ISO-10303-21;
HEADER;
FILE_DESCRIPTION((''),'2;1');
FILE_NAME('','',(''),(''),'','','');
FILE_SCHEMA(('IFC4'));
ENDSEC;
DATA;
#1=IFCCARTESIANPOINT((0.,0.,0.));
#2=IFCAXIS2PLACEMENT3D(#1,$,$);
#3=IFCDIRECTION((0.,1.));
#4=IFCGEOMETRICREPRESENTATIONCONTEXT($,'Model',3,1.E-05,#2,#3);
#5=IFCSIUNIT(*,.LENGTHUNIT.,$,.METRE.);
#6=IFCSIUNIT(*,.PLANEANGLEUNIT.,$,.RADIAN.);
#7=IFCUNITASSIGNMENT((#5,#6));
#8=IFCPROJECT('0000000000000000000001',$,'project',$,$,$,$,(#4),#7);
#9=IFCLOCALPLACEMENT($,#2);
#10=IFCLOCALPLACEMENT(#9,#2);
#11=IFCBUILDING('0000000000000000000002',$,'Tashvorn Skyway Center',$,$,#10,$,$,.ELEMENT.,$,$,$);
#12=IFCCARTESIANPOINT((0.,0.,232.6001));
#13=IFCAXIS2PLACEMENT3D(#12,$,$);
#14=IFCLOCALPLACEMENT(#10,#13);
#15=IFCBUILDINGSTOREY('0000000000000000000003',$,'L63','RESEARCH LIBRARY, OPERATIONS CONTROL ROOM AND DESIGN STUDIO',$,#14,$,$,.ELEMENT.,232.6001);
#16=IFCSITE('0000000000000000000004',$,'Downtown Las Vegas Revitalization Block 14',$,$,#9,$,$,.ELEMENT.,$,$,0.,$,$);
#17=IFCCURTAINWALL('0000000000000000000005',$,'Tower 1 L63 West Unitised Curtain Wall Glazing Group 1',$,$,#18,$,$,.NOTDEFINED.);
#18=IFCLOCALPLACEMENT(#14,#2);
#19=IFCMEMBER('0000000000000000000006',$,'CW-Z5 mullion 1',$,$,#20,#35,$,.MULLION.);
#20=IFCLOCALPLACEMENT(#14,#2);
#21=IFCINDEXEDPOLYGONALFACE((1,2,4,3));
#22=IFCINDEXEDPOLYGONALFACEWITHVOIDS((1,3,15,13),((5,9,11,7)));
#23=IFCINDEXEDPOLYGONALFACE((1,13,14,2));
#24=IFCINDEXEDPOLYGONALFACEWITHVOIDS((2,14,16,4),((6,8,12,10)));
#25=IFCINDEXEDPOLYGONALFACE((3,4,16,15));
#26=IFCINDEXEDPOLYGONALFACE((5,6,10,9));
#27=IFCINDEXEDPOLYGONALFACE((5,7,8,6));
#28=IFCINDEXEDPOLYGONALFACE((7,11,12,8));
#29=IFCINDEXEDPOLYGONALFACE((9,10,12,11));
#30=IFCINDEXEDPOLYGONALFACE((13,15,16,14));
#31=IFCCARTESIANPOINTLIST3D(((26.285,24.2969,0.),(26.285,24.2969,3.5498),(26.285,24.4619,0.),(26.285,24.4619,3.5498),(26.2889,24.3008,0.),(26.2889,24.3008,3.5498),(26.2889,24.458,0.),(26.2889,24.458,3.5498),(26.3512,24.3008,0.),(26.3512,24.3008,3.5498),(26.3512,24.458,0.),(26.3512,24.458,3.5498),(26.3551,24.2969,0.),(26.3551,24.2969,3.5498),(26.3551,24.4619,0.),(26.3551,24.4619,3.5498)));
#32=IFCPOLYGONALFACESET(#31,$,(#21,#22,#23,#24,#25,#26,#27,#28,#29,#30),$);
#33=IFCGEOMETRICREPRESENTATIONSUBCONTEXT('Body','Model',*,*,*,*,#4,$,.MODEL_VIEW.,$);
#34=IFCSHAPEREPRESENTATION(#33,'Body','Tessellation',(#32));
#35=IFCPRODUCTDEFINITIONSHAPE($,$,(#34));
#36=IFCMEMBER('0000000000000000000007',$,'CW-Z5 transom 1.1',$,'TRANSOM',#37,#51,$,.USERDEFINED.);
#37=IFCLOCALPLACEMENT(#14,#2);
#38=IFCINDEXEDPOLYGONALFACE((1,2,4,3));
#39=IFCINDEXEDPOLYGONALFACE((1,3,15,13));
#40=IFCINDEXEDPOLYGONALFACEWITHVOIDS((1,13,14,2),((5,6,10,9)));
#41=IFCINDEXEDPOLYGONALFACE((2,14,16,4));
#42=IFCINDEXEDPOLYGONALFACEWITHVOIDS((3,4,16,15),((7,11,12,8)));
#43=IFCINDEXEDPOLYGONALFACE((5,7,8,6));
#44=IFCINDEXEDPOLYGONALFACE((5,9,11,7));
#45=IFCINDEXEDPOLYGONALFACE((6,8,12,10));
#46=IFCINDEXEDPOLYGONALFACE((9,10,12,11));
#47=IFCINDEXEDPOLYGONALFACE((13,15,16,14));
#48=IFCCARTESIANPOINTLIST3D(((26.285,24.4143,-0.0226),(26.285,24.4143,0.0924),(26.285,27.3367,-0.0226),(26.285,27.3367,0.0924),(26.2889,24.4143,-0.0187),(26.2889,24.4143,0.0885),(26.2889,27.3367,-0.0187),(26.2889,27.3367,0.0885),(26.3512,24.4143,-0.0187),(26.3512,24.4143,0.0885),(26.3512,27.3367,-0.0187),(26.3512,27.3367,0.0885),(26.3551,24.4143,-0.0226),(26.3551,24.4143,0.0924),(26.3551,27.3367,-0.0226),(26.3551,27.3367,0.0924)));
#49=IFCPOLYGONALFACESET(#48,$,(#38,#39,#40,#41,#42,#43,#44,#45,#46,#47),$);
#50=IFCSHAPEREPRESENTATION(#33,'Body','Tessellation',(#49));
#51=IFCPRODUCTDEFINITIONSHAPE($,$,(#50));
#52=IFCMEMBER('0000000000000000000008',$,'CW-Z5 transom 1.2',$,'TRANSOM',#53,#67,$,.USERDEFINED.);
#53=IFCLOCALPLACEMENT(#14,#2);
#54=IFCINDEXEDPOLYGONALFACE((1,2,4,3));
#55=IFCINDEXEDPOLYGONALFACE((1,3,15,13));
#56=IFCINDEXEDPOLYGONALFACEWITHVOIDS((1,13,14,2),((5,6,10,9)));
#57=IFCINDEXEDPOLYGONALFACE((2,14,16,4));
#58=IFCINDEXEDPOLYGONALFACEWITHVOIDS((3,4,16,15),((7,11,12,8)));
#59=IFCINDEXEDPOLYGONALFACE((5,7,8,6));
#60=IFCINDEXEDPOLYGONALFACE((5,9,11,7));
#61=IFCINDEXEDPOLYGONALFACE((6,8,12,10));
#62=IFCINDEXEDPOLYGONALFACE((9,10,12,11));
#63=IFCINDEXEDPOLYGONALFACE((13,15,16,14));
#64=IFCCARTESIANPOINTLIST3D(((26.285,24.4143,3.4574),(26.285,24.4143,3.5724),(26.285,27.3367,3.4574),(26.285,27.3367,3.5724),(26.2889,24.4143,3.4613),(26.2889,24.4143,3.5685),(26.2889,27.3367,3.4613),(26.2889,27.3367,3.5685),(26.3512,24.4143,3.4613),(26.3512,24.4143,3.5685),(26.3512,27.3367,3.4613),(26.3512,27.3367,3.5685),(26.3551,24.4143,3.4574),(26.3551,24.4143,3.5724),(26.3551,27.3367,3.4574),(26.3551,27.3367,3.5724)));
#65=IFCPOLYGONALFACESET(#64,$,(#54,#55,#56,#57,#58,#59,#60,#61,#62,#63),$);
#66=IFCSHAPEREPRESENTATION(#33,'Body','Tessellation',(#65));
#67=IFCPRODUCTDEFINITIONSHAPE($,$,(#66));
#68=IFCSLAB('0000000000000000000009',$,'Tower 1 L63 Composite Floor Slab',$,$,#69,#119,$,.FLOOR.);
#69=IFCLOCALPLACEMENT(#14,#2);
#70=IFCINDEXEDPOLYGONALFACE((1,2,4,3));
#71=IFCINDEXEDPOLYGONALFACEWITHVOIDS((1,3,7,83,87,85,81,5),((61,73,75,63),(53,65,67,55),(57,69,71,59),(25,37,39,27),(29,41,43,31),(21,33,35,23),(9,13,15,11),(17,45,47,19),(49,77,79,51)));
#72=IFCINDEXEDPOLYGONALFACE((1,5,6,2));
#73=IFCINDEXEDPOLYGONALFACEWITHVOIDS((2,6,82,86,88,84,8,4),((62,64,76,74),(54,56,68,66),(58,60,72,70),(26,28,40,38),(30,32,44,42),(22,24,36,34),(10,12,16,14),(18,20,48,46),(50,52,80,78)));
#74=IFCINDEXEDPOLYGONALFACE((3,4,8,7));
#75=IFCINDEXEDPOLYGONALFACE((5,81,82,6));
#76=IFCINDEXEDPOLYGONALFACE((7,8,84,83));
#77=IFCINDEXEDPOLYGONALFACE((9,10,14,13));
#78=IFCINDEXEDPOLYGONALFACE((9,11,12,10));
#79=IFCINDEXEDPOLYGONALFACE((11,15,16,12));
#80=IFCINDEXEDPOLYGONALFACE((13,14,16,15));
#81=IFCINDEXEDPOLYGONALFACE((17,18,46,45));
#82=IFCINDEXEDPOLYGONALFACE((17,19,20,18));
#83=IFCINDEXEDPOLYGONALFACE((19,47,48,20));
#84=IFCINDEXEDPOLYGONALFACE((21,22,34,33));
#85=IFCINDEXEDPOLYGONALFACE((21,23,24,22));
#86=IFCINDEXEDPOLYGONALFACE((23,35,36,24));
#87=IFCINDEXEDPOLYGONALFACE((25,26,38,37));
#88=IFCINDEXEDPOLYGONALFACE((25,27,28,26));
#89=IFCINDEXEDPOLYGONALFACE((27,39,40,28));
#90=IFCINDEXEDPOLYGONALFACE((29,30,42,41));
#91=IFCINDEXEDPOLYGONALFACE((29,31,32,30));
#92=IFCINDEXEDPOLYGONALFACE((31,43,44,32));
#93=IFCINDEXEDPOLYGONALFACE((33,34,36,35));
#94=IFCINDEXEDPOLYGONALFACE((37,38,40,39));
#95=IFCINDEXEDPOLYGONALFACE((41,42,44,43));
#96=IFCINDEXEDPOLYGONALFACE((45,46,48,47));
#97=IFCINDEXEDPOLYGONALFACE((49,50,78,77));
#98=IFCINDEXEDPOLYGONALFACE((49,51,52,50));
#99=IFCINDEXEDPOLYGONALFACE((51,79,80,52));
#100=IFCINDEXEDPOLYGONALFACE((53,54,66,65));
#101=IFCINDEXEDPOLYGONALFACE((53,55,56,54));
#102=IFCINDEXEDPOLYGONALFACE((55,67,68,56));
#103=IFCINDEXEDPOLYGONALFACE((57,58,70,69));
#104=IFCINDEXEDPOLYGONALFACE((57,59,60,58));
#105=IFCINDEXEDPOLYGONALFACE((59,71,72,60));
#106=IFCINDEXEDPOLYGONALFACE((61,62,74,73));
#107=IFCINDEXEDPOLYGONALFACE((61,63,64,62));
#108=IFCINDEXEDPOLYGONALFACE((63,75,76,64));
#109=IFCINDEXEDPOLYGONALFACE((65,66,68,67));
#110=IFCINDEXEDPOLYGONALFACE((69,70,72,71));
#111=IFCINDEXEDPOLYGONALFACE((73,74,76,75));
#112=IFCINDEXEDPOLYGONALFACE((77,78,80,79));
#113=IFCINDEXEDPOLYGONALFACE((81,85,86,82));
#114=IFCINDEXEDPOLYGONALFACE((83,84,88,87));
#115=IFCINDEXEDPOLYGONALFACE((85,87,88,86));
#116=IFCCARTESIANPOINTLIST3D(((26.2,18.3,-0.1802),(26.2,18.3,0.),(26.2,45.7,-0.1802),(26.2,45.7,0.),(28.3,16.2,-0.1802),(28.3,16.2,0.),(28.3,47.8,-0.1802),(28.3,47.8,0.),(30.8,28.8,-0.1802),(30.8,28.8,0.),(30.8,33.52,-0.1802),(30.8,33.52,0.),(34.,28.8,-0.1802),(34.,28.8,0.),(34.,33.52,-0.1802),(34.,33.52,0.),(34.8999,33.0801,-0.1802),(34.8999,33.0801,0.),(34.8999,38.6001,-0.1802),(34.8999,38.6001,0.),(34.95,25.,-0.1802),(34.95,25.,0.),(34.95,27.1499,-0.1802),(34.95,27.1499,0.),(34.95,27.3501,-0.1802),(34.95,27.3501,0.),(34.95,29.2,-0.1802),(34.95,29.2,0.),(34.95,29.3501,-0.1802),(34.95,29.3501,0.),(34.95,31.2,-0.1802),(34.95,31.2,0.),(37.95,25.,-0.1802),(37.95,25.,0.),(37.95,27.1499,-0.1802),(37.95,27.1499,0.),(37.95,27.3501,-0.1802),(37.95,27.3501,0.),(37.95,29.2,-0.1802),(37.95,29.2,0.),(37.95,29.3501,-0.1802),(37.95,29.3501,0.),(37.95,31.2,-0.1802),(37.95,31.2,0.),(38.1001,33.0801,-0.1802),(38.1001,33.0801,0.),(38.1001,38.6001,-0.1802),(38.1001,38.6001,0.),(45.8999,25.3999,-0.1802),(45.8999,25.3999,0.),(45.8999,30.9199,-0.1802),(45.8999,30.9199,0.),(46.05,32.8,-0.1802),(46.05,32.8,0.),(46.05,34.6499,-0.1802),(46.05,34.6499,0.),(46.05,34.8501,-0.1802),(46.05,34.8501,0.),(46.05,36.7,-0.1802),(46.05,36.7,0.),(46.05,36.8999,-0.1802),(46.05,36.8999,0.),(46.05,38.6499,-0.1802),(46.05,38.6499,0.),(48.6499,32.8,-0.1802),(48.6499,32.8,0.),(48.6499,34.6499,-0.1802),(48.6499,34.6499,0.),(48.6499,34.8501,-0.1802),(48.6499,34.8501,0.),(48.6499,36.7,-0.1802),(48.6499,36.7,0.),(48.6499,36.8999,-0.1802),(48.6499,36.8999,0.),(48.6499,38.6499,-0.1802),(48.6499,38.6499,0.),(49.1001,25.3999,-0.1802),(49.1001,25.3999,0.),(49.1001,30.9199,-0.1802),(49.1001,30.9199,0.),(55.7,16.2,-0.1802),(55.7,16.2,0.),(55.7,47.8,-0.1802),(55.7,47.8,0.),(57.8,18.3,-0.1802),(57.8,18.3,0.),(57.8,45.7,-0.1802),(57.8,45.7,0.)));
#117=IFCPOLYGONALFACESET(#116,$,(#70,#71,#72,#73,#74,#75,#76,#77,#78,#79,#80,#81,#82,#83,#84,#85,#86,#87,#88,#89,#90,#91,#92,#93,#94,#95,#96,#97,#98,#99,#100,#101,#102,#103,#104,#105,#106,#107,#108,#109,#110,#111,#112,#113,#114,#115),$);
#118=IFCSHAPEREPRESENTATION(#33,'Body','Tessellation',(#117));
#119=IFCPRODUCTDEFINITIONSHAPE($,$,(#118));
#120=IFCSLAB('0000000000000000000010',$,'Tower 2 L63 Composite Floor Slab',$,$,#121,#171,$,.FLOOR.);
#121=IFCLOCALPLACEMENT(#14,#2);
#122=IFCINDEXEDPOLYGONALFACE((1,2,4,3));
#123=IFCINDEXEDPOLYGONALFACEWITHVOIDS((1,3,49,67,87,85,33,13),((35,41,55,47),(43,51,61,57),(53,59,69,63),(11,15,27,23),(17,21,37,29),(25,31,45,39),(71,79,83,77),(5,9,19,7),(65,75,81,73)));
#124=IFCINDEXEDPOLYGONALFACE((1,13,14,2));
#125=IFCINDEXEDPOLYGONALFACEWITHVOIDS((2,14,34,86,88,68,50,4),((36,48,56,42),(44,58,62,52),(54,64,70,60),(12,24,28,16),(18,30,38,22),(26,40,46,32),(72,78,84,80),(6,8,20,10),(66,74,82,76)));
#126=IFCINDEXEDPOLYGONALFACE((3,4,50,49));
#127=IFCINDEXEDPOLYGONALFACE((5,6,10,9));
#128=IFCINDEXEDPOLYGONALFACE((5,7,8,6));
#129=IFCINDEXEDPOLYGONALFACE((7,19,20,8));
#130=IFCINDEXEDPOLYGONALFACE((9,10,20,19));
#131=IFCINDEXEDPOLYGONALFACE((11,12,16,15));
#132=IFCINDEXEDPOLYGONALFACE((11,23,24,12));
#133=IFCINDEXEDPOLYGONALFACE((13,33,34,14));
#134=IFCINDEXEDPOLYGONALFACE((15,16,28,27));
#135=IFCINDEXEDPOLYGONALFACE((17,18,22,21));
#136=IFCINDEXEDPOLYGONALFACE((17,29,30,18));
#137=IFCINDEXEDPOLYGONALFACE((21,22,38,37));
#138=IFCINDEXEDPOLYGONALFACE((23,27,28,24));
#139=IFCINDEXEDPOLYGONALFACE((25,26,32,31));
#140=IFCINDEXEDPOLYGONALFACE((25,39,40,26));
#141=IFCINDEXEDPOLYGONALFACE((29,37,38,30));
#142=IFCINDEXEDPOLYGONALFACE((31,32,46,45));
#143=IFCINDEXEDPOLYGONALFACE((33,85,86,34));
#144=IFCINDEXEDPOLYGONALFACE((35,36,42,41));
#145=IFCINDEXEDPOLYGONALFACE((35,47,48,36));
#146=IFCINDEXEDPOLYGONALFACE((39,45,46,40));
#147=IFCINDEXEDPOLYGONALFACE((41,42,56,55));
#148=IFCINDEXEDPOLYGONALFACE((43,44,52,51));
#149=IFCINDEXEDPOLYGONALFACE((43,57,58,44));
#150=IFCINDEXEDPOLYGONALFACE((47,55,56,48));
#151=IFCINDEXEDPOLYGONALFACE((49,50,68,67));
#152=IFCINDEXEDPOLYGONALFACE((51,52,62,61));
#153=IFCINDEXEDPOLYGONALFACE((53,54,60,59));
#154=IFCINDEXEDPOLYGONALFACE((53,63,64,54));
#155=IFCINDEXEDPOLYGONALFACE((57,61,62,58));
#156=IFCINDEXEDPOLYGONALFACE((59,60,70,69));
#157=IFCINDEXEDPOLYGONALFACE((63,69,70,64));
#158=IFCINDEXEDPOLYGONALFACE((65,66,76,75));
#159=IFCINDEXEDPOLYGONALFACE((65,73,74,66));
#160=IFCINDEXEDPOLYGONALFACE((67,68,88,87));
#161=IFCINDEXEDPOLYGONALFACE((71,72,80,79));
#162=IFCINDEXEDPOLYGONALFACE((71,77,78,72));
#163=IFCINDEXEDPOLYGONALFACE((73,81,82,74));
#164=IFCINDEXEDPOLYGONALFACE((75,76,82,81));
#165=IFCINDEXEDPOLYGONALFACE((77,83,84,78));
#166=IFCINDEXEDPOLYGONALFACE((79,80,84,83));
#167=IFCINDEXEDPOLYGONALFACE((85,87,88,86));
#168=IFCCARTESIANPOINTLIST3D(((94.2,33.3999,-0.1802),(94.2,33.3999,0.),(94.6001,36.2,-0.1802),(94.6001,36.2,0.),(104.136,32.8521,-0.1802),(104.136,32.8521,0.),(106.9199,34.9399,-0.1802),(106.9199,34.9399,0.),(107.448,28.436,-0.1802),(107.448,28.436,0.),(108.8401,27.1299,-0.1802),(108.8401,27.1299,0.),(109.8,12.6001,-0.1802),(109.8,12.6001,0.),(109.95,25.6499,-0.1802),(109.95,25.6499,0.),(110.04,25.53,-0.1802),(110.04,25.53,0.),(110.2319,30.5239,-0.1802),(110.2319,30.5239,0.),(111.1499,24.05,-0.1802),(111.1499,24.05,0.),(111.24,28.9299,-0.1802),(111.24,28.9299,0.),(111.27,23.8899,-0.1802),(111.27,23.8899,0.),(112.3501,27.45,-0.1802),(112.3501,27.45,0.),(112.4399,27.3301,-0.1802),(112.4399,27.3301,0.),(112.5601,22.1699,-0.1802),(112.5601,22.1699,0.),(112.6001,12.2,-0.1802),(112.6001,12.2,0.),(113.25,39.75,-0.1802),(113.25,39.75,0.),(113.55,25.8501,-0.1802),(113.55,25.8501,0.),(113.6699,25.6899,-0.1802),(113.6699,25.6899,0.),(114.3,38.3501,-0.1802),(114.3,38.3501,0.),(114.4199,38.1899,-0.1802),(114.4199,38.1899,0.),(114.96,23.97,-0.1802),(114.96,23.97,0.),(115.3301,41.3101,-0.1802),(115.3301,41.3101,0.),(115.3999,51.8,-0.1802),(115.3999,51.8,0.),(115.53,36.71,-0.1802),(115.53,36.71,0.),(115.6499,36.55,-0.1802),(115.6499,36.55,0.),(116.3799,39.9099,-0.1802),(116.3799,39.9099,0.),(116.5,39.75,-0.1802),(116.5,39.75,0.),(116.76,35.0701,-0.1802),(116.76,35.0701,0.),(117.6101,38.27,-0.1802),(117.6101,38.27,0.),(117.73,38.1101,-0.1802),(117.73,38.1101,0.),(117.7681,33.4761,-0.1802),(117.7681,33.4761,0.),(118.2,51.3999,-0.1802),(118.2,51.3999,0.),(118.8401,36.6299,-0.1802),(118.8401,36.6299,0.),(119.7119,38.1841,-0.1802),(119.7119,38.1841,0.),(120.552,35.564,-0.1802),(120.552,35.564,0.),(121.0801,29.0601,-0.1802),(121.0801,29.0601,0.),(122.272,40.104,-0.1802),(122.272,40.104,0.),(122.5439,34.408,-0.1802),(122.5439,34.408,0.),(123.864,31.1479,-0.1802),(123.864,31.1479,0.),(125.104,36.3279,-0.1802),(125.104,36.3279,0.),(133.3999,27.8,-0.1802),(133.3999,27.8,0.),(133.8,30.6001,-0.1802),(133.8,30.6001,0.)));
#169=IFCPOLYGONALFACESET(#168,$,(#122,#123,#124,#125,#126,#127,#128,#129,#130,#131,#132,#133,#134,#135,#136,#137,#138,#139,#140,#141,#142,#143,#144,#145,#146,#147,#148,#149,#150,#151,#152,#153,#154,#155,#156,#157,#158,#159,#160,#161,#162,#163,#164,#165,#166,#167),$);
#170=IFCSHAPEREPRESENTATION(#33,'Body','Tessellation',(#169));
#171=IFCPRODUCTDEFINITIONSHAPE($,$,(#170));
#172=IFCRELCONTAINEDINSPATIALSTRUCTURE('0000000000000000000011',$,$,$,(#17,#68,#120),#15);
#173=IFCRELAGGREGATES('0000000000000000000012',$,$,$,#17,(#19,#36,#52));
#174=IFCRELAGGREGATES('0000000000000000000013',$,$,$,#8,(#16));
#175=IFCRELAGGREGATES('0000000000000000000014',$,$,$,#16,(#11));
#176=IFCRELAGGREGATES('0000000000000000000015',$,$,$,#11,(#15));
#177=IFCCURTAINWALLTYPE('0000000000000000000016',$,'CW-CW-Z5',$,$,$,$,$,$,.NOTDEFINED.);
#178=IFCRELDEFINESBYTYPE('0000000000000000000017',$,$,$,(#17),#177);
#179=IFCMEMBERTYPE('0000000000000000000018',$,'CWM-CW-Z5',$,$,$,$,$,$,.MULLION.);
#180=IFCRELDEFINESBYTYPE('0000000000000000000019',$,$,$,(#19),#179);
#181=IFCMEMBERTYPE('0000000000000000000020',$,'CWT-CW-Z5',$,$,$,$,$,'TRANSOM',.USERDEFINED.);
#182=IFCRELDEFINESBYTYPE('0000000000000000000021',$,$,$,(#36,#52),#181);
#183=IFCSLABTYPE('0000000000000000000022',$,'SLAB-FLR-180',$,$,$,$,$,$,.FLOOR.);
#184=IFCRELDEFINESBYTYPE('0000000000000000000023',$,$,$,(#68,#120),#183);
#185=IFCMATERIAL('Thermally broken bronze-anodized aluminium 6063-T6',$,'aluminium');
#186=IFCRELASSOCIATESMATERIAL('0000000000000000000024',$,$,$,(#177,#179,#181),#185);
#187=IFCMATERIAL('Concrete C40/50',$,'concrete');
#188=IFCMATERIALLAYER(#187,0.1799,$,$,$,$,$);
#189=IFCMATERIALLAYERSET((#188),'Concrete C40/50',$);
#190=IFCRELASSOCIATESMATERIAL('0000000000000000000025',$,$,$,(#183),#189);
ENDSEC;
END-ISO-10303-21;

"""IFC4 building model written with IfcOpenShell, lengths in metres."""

from ifc_helpers import new_model, si_unit, direction, frame, origin, origin_2d, place, context, subcontext, project, spatial, polyline, hollow_rectangle, outline, extrude, material, layer, layer_set, material_profile, profile_set, type_object, element, aggregate, save


model = new_model("IFC4")

# Units and contexts
model_context = context("Model", 3, precision=1e-05, world=origin(), true_north=direction((0.0, 1.0)))
body_context = subcontext(model_context, "Body", "Model", "MODEL_VIEW")
ifc_project = project(units=[si_unit("LENGTHUNIT", "METRE"), si_unit("PLANEANGLEUNIT", "RADIAN")], contexts=[model_context])

# Site, building, storey
site_placement = place(None, origin())
site = spatial("IfcSite", under=ifc_project, at=site_placement, Name="Downtown Las Vegas Revitalization Block 14", CompositionType="ELEMENT", RefElevation=0.0)
building_placement = place(site_placement, origin())
building = spatial("IfcBuilding", under=site, at=building_placement, Name="Tashvorn Skyway Center", CompositionType="ELEMENT")
storey_placement = place(building_placement, frame((0.0, 0.0, 232.6001)))
storey = spatial("IfcBuildingStorey", under=building, at=storey_placement, Name="L63", Description="RESEARCH LIBRARY, OPERATIONS CONTROL ROOM AND DESIGN STUDIO", CompositionType="ELEMENT", Elevation=232.6001)

# Curtain wall, members
ifc_material_1 = material(Name="Thermally broken bronze-anodized aluminium 6063-T6", Category="aluminium")
curtain_wall_type = type_object("IfcCurtainWallType", Name="CW-CW-Z5", PredefinedType="NOTDEFINED", material=ifc_material_1)
curtain_wall_placement = place(storey_placement, origin())
curtain_wall = element("IfcCurtainWall", 1, at=curtain_wall_placement, inside=storey, type_object=curtain_wall_type, Name="Tower 1 L63 West Unitised Curtain Wall Glazing Group 1", PredefinedType="NOTDEFINED")
ifc_material_profile_1 = material_profile(ifc_material_1, hollow_rectangle(XDim=0.0701, YDim=0.165, WallThickness=0.0039, at=origin_2d()), Name="ALU-MULL-70x165")
ifc_profile_set_1 = profile_set([ifc_material_profile_1], Name="Thermally broken bronze-anodized aluminium 6063-T6")
member_type_1 = type_object("IfcMemberType", Name="CWM-CW-Z5", PredefinedType="MULLION", material=ifc_profile_set_1)
member_1_placement = place(storey_placement, frame((26.3201, 24.3794, 0.0), z_axis=(0.0, 0.0, 1.0), x_axis=(-1.0, 0.0, 0.0)))
member_1 = element("IfcMember", 2, at=member_1_placement, type_object=member_type_1, Name="CW-Z5 mullion 1", PredefinedType="MULLION", context=body_context, shape_type="SweptSolid", body=[
    extrude(hollow_rectangle(XDim=0.0701, YDim=0.165, WallThickness=0.0039, at=origin_2d()), origin(), (0.0, 0.0, 1.0), 3.5498),
])
ifc_material_profile_2 = material_profile(ifc_material_1, hollow_rectangle(XDim=0.0701, YDim=0.115, WallThickness=0.0039, at=origin_2d()), Name="ALU-TRAN-70x115")
ifc_profile_set_2 = profile_set([ifc_material_profile_2], Name="Thermally broken bronze-anodized aluminium 6063-T6")
member_type_2 = type_object("IfcMemberType", Name="CWT-CW-Z5", ElementType="TRANSOM", PredefinedType="USERDEFINED", material=ifc_profile_set_2)
member_2_placement = place(storey_placement, frame((26.3201, 24.4143, 0.0349), z_axis=(0.0, 1.0, 0.0), x_axis=(-1.0, 0.0, 0.0)))
member_2 = element("IfcMember", 3, at=member_2_placement, type_object=member_type_2, Name="CW-Z5 transom 1.1", ObjectType="TRANSOM", PredefinedType="USERDEFINED", context=body_context, shape_type="SweptSolid", body=[
    extrude(hollow_rectangle(XDim=0.0701, YDim=0.115, WallThickness=0.0039, at=origin_2d()), origin(), (0.0, 0.0, 1.0), 2.9224),
])
member_3_placement = place(storey_placement, frame((26.3201, 24.4143, 3.5149), z_axis=(0.0, 1.0, 0.0), x_axis=(-1.0, 0.0, 0.0)))
member_3 = element("IfcMember", 4, at=member_3_placement, type_object=member_type_2, Name="CW-Z5 transom 1.2", ObjectType="TRANSOM", PredefinedType="USERDEFINED", context=body_context, shape_type="SweptSolid", body=[
    extrude(hollow_rectangle(XDim=0.0701, YDim=0.115, WallThickness=0.0039, at=origin_2d()), origin(), (0.0, 0.0, 1.0), 2.9224),
])
aggregate(curtain_wall, [member_1, member_2, member_3])

# Slabs
ifc_material_2 = material(Name="Concrete C40/50", Category="concrete")
ifc_layer_1 = layer(ifc_material_2, 0.1799)
ifc_layer_set_1 = layer_set([ifc_layer_1], Name="Concrete C40/50")
slab_type_1 = type_object("IfcSlabType", Name="SLAB-FLR-180", PredefinedType="FLOOR", material=ifc_layer_set_1)
slab_1_placement = place(storey_placement, frame((0.0, 0.0, -0.1802)))
element("IfcSlab", 5, at=slab_1_placement, inside=storey, type_object=slab_type_1, Name="Tower 1 L63 Composite Floor Slab", PredefinedType="FLOOR", context=body_context, shape_type="SweptSolid", body=[
    extrude(outline(polyline([(28.3, 16.2), (55.7, 16.2), (57.8, 18.3), (57.8, 45.7), (55.7, 47.8), (28.3, 47.8), (26.2, 45.7), (26.2, 18.3), (28.3, 16.2)]), holes=[polyline([(38.1001, 33.0801), (38.1001, 38.6001), (34.8999, 38.6001), (34.8999, 33.0801), (38.1001, 33.0801)]), polyline([(45.8999, 30.9199), (45.8999, 25.3999), (49.1001, 25.3999), (49.1001, 30.9199), (45.8999, 30.9199)]), polyline([(30.8, 33.52), (30.8, 28.8), (34.0, 28.8), (34.0, 33.52), (30.8, 33.52)]), polyline([(34.95, 29.3501), (37.95, 29.3501), (37.95, 31.2), (34.95, 31.2), (34.95, 29.3501)]), polyline([(34.95, 27.3501), (37.95, 27.3501), (37.95, 29.2), (34.95, 29.2), (34.95, 27.3501)]), polyline([(34.95, 25.0), (37.95, 25.0), (37.95, 27.1499), (34.95, 27.1499), (34.95, 25.0)]), polyline([(46.05, 32.8), (48.6499, 32.8), (48.6499, 34.6499), (46.05, 34.6499), (46.05, 32.8)]), polyline([(46.05, 34.8501), (48.6499, 34.8501), (48.6499, 36.7), (46.05, 36.7), (46.05, 34.8501)]), polyline([(46.05, 36.8999), (48.6499, 36.8999), (48.6499, 38.6499), (46.05, 38.6499), (46.05, 36.8999)])]), origin(), (0.0, 0.0, 1.0), 0.1802),
])
slab_2_placement = place(storey_placement, frame((0.0, 0.0, -0.1802)))
element("IfcSlab", 6, at=slab_2_placement, inside=storey, type_object=slab_type_1, Name="Tower 2 L63 Composite Floor Slab", PredefinedType="FLOOR", context=body_context, shape_type="SweptSolid", body=[
    extrude(outline(polyline([(112.6001, 12.2), (133.3999, 27.8), (133.8, 30.6001), (118.2, 51.3999), (115.3999, 51.8), (94.6001, 36.2), (94.2, 33.3999), (109.8, 12.6001), (112.6001, 12.2)]), holes=[polyline([(110.2319, 30.5239), (106.9199, 34.9399), (104.136, 32.8521), (107.448, 28.436), (110.2319, 30.5239)]), polyline([(117.7681, 33.4761), (121.0801, 29.0601), (123.864, 31.1479), (120.552, 35.564), (117.7681, 33.4761)]), polyline([(119.7119, 38.1841), (122.5439, 34.408), (125.104, 36.3279), (122.272, 40.104), (119.7119, 38.1841)]), polyline([(109.95, 25.6499), (112.3501, 27.45), (111.24, 28.9299), (108.8401, 27.1299), (109.95, 25.6499)]), polyline([(111.1499, 24.05), (113.55, 25.8501), (112.4399, 27.3301), (110.04, 25.53), (111.1499, 24.05)]), polyline([(112.5601, 22.1699), (114.96, 23.97), (113.6699, 25.6899), (111.27, 23.8899), (112.5601, 22.1699)]), polyline([(116.76, 35.0701), (118.8401, 36.6299), (117.73, 38.1101), (115.6499, 36.55), (116.76, 35.0701)]), polyline([(115.53, 36.71), (117.6101, 38.27), (116.5, 39.75), (114.4199, 38.1899), (115.53, 36.71)]), polyline([(114.3, 38.3501), (116.3799, 39.9099), (115.3301, 41.3101), (113.25, 39.75), (114.3, 38.3501)])]), origin(), (0.0, 0.0, 1.0), 0.1802),
])

save(model, "model.ifc")
